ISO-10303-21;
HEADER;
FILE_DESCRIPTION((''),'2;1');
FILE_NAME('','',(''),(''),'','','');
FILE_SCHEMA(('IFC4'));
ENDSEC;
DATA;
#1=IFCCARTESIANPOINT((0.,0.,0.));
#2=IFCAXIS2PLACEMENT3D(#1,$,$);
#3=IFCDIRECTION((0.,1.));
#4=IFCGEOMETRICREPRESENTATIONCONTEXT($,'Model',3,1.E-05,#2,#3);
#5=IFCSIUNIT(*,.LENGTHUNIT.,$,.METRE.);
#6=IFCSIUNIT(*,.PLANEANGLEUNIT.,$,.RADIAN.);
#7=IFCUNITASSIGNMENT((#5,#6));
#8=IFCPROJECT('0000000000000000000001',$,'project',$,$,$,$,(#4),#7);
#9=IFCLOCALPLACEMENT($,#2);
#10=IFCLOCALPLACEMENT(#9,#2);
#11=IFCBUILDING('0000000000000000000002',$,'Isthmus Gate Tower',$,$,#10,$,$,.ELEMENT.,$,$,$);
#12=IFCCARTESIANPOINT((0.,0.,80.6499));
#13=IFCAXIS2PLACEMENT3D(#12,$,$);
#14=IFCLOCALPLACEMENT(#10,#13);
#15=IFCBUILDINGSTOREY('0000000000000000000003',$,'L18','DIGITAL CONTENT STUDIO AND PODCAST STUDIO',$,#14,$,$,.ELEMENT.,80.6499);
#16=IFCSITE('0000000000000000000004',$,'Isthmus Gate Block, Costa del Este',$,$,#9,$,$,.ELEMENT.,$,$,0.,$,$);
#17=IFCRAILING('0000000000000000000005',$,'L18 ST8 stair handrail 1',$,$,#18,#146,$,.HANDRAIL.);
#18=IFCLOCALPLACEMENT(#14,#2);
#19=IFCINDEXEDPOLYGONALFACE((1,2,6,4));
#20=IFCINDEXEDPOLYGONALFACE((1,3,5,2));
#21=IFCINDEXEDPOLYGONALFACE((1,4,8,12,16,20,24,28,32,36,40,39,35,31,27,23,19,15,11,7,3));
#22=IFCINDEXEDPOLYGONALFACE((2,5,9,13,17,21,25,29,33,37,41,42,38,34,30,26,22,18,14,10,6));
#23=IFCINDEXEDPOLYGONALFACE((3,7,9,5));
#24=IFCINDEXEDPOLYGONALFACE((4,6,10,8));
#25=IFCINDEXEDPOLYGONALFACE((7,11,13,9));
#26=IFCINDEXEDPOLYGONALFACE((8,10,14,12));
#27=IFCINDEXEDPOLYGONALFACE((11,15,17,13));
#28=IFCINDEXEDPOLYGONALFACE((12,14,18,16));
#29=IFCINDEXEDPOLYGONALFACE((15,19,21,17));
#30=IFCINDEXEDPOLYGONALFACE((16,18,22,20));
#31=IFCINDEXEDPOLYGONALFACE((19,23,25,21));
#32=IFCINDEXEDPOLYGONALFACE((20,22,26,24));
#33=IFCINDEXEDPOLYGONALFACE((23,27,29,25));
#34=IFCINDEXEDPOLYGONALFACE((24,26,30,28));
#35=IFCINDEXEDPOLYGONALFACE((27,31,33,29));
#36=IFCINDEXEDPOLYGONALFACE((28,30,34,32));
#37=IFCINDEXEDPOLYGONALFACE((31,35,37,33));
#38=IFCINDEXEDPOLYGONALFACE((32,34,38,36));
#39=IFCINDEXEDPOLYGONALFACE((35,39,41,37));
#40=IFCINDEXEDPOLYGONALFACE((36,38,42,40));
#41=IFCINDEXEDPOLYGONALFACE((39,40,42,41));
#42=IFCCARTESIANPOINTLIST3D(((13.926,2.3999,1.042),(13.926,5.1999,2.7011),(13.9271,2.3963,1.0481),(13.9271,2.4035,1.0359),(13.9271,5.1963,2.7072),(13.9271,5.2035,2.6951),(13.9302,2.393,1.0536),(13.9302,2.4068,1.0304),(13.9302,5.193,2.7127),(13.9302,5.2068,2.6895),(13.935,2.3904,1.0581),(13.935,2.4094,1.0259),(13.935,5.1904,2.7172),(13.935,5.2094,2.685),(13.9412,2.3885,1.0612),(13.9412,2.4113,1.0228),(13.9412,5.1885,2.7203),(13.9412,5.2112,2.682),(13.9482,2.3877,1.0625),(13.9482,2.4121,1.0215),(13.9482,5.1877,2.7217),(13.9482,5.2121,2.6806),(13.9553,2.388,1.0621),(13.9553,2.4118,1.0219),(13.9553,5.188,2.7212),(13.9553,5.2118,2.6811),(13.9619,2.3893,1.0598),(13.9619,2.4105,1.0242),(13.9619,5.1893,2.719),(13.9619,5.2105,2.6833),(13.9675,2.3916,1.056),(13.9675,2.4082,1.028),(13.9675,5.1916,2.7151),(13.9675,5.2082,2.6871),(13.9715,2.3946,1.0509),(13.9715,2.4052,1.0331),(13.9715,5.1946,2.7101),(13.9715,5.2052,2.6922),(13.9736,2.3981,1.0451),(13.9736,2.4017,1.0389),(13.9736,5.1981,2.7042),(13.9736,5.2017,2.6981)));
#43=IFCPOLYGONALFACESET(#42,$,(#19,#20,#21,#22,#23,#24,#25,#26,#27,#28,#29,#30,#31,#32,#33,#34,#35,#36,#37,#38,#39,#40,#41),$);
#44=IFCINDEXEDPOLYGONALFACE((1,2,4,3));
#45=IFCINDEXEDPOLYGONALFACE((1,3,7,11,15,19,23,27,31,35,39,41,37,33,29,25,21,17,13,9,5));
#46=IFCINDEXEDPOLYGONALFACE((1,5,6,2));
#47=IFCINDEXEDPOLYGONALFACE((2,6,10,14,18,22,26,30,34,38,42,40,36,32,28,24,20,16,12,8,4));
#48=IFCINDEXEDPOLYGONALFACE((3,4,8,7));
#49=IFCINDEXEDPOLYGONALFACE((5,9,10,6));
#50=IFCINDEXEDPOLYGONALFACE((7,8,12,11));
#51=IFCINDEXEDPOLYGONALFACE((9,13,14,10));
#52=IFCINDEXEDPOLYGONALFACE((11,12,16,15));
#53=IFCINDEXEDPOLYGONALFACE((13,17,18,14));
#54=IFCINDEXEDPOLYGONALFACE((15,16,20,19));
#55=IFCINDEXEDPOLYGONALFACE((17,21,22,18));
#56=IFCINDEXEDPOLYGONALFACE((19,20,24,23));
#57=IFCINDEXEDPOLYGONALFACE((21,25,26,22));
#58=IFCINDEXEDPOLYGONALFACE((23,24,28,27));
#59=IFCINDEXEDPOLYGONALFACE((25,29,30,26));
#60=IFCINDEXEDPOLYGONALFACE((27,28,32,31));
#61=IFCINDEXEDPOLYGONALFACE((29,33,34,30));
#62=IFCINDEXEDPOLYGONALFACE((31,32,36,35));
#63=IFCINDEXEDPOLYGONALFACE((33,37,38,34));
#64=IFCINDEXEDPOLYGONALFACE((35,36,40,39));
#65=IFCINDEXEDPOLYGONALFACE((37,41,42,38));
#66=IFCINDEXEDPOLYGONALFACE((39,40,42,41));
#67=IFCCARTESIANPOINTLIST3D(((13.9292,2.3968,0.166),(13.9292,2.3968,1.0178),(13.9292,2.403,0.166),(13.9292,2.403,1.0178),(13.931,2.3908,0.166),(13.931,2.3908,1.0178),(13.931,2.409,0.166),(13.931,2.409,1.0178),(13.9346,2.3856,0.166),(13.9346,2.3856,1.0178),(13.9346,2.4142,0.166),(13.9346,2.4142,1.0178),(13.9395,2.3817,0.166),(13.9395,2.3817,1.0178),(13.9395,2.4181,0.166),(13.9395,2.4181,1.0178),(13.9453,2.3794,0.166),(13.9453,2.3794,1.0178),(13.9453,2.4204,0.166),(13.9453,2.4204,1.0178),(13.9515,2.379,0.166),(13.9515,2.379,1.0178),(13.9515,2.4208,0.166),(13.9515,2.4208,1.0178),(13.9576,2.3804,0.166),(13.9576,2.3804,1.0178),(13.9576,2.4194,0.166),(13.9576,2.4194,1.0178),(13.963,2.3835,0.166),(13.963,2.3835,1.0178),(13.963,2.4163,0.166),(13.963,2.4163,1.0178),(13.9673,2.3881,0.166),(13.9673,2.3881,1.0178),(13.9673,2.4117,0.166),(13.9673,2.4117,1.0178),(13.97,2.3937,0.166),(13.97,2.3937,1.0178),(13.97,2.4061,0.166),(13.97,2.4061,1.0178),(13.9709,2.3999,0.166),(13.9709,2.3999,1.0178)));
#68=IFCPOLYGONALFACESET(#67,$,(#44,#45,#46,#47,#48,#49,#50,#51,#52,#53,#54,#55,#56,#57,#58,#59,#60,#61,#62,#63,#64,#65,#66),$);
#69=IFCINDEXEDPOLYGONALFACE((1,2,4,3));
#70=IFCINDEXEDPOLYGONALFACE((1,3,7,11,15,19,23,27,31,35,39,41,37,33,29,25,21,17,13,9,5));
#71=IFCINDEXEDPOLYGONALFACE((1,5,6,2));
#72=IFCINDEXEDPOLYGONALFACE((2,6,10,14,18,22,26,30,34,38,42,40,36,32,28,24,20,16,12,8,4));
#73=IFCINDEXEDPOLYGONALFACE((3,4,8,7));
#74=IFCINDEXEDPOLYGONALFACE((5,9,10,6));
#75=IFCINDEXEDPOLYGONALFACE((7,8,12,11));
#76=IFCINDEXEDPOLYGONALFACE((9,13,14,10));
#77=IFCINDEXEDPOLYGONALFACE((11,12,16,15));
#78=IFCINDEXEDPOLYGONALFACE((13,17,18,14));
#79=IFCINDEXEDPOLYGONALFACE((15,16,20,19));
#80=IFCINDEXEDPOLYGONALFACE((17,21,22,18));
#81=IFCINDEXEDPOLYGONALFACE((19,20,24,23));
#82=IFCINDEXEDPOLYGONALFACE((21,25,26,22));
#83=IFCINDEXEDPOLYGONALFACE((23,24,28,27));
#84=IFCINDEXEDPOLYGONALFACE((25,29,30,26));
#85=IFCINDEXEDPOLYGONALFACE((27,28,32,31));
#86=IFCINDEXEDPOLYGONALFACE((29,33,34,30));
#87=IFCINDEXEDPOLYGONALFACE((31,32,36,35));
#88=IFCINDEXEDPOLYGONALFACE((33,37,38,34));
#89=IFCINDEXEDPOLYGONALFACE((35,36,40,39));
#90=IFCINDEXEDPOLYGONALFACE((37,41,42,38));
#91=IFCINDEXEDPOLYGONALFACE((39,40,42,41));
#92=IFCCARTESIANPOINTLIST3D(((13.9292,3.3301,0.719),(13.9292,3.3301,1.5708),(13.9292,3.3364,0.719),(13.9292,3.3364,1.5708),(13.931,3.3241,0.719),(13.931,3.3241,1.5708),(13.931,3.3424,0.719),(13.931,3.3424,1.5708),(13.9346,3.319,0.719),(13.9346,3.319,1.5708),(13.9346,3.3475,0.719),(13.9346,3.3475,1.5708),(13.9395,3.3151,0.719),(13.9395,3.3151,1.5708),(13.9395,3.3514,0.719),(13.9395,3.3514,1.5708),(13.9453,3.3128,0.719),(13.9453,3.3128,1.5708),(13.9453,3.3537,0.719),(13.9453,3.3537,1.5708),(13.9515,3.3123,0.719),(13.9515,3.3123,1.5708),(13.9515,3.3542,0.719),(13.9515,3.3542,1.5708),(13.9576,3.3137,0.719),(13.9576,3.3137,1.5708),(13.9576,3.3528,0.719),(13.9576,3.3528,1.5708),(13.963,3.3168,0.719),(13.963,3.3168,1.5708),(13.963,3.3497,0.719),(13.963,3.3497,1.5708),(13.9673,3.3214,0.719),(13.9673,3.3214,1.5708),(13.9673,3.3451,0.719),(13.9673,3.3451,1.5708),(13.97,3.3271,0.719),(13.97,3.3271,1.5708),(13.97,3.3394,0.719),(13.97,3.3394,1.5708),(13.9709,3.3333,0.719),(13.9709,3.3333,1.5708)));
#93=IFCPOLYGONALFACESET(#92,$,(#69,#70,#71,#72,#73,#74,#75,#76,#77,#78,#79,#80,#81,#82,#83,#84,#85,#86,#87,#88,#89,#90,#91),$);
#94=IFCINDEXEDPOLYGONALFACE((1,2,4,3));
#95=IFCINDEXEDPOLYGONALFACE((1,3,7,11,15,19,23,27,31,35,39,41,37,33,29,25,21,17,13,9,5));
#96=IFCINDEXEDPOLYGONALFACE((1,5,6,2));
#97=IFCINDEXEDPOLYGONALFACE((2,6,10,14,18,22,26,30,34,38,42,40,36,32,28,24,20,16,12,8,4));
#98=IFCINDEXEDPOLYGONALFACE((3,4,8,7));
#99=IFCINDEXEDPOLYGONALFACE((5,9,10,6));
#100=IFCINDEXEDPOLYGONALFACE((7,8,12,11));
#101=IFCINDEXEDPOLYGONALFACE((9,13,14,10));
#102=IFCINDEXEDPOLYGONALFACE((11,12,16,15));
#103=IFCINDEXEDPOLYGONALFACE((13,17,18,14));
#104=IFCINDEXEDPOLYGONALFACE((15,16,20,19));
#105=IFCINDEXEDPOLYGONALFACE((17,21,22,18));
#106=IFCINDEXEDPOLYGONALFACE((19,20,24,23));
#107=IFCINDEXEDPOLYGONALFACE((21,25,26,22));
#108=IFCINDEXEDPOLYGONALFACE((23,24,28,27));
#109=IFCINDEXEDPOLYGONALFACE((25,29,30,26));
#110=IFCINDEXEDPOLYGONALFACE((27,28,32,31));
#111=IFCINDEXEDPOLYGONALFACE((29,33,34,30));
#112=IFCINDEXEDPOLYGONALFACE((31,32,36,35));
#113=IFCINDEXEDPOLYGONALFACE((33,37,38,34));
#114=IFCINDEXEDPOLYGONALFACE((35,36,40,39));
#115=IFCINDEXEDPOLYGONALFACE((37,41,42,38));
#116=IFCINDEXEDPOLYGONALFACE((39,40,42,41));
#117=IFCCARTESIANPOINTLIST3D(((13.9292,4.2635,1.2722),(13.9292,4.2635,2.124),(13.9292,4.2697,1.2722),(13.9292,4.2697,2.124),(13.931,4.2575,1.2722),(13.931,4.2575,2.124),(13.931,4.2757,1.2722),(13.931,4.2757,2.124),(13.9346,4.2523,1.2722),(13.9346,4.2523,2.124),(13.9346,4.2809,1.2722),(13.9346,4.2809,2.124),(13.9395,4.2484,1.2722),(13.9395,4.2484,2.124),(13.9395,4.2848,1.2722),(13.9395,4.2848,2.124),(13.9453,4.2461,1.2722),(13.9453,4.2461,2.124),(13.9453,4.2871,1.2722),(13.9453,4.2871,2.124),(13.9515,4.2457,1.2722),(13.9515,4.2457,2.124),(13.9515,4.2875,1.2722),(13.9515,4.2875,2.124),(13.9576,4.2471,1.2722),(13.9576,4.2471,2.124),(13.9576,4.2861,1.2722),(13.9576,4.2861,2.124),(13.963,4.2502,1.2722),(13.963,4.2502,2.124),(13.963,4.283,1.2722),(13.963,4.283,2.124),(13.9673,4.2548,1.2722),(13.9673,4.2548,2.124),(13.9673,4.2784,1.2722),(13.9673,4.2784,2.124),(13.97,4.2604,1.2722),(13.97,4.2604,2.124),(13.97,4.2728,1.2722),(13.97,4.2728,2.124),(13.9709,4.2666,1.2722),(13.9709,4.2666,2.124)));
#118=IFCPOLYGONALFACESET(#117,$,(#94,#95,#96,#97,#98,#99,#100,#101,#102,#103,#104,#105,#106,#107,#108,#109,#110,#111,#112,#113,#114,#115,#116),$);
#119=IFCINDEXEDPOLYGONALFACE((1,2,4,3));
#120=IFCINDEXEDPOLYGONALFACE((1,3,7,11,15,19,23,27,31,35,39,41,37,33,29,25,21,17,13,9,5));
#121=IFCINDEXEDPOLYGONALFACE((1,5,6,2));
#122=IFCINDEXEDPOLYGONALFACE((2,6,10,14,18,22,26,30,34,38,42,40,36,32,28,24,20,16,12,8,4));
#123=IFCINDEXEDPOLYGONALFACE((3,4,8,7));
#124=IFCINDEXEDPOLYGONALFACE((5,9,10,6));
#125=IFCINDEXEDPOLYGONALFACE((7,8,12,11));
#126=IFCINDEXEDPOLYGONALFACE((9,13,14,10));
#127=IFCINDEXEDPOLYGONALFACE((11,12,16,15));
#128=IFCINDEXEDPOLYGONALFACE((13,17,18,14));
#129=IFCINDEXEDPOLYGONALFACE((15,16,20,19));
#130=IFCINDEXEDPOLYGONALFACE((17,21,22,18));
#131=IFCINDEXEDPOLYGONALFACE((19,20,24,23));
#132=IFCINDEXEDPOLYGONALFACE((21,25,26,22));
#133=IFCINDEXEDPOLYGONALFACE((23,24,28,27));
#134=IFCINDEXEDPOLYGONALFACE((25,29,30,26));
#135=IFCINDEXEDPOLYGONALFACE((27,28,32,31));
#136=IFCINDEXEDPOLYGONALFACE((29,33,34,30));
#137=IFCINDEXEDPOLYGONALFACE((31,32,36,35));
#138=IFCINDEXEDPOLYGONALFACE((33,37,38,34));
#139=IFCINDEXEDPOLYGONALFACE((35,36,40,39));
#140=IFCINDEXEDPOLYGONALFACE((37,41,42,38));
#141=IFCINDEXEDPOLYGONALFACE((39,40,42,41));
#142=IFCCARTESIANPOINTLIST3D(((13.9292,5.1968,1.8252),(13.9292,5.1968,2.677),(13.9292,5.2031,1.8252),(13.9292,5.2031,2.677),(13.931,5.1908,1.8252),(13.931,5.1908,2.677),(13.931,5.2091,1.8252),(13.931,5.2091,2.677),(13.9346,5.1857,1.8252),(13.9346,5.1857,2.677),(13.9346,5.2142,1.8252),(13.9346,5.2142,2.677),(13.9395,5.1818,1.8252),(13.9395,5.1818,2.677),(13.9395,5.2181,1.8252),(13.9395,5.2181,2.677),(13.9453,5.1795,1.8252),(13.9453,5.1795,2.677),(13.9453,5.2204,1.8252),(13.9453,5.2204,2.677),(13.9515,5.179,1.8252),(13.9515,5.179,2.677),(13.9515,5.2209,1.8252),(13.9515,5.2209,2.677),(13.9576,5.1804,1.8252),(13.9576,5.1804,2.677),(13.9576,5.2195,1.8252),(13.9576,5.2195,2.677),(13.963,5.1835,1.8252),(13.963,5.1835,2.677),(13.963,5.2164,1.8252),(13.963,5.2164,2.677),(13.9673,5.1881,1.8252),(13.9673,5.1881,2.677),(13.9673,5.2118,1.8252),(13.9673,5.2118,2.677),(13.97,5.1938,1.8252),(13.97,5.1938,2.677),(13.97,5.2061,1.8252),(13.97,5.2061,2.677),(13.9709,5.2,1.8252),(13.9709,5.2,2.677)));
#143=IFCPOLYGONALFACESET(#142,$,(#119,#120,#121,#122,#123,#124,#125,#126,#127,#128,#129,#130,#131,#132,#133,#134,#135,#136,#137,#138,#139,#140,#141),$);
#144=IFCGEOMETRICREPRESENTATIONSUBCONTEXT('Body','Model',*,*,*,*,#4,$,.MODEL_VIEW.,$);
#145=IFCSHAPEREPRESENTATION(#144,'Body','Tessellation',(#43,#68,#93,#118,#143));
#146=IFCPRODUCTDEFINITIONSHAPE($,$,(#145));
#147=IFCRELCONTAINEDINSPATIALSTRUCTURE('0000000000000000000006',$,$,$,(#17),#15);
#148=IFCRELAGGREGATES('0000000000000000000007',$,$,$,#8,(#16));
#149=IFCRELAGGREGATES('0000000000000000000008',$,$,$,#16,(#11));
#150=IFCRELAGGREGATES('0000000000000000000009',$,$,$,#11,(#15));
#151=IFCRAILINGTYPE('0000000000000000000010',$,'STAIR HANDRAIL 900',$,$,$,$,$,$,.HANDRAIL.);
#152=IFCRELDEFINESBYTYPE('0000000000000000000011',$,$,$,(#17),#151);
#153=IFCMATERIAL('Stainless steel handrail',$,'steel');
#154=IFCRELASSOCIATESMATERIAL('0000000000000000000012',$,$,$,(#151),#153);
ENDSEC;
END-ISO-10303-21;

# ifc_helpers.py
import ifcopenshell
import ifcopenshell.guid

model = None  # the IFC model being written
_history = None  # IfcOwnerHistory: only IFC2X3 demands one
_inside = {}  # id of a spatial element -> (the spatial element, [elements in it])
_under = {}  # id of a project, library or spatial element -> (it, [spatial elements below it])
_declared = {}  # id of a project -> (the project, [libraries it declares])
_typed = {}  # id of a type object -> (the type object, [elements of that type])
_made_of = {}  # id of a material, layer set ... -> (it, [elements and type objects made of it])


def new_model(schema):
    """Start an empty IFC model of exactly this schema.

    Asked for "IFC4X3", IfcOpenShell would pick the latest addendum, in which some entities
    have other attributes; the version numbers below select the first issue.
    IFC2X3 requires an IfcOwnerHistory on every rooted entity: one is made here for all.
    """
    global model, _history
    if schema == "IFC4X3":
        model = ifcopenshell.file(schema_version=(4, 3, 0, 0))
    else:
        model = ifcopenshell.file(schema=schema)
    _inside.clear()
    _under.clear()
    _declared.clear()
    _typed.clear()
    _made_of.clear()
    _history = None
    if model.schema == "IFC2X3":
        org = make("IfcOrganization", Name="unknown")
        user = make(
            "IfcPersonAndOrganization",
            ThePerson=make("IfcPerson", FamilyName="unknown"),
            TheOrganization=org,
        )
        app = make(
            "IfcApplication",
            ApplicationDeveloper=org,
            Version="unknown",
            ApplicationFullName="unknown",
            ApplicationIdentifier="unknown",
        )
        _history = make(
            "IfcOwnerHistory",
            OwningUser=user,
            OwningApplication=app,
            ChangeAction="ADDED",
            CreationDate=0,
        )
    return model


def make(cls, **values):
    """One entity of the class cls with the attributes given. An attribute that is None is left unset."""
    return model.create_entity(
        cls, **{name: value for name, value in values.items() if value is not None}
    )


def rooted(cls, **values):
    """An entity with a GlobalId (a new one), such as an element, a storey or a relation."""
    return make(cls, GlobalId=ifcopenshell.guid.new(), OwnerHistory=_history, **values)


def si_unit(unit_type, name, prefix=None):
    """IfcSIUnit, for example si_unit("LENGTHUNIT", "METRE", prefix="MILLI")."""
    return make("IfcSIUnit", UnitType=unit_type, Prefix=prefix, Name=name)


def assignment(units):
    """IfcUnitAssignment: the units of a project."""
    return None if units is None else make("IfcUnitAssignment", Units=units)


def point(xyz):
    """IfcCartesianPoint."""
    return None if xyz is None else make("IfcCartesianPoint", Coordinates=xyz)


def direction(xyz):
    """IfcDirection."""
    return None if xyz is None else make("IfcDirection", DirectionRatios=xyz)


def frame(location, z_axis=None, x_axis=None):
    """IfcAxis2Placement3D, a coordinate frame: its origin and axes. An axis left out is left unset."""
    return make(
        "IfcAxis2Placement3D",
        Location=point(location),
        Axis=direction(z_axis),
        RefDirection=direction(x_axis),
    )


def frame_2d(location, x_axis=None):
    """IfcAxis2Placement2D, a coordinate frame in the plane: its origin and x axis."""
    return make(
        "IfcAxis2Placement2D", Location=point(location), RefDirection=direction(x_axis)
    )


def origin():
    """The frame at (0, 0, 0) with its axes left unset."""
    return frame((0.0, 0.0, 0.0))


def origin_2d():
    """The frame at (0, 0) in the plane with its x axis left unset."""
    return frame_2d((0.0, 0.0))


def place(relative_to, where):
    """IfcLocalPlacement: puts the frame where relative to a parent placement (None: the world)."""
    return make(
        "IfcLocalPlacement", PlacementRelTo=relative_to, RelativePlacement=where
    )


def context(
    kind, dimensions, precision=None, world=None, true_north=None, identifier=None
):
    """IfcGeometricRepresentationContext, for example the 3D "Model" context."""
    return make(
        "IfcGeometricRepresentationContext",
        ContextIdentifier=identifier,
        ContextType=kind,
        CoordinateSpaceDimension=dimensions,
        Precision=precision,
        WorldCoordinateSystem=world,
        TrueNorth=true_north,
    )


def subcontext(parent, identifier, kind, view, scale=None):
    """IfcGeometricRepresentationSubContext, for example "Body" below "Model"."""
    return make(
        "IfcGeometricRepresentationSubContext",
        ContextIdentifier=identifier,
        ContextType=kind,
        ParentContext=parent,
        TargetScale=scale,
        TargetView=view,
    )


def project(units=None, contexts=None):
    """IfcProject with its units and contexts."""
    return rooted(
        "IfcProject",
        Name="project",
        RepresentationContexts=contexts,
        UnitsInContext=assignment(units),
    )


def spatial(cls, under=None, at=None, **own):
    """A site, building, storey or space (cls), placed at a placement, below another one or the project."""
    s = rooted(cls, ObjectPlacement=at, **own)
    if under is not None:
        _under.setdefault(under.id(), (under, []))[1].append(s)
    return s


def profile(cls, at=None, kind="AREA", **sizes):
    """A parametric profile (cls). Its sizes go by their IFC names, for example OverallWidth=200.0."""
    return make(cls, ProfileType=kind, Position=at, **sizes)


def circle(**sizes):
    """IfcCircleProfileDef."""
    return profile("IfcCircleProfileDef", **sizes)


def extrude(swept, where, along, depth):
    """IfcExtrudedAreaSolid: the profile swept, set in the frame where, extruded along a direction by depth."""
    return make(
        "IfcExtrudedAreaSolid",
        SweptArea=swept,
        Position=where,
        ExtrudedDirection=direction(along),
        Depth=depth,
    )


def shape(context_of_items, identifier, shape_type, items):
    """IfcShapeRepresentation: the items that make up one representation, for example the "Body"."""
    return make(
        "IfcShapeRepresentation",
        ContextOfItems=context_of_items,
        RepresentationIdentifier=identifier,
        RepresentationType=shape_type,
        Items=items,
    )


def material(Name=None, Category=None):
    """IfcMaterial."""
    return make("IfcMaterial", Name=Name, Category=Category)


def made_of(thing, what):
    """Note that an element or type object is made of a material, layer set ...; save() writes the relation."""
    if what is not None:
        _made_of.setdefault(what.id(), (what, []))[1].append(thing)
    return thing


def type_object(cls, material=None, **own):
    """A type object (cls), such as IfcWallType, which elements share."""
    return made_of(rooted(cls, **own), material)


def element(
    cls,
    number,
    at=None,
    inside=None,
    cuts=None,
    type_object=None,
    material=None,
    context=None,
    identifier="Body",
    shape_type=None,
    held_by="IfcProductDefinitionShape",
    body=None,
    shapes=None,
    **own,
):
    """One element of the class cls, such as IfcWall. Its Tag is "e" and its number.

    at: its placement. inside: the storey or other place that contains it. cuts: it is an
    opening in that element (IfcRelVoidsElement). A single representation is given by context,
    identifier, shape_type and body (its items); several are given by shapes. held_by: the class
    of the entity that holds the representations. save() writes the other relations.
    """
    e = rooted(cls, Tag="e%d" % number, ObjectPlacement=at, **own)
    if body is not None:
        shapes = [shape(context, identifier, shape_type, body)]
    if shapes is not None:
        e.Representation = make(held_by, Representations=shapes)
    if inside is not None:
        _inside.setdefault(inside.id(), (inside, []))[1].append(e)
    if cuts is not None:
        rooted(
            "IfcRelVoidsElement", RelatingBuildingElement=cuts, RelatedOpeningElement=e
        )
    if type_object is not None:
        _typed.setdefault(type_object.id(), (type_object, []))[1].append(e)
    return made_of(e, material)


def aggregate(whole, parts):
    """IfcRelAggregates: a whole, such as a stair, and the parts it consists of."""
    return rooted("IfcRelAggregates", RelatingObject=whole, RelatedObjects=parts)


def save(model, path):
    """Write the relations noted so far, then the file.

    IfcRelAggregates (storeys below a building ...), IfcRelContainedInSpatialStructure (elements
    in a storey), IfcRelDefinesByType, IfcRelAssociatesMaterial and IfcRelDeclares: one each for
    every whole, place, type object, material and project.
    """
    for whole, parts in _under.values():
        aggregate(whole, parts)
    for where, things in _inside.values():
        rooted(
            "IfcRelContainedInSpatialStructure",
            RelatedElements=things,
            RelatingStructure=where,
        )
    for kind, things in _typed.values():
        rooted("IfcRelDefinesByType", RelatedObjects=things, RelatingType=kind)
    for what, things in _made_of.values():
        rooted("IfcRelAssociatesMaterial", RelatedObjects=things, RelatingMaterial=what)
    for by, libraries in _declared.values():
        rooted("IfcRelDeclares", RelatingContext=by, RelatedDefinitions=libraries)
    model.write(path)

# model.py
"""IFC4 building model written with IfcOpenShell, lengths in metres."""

from ifc_helpers import new_model, si_unit, direction, frame, origin, origin_2d, place, context, subcontext, project, spatial, circle, extrude, material, type_object, element, save


model = new_model("IFC4")

# Units and contexts
model_context = context("Model", 3, precision=1e-05, world=origin(), true_north=direction((0.0, 1.0)))
body_context = subcontext(model_context, "Body", "Model", "MODEL_VIEW")
ifc_project = project(units=[si_unit("LENGTHUNIT", "METRE"), si_unit("PLANEANGLEUNIT", "RADIAN")], contexts=[model_context])

# Site, building, storey
site_placement = place(None, origin())
site = spatial("IfcSite", under=ifc_project, at=site_placement, Name="Isthmus Gate Block, Costa del Este", CompositionType="ELEMENT", RefElevation=0.0)
building_placement = place(site_placement, origin())
building = spatial("IfcBuilding", under=site, at=building_placement, Name="Isthmus Gate Tower", CompositionType="ELEMENT")
storey_placement = place(building_placement, frame((0.0, 0.0, 80.6499)))
storey = spatial("IfcBuildingStorey", under=building, at=storey_placement, Name="L18", Description="DIGITAL CONTENT STUDIO AND PODCAST STUDIO", CompositionType="ELEMENT", Elevation=80.6499)

# Railing
ifc_material_1 = material(Name="Stainless steel handrail", Category="steel")
railing_type = type_object("IfcRailingType", Name="STAIR HANDRAIL 900", PredefinedType="HANDRAIL", material=ifc_material_1)
railing_placement = place(storey_placement, frame((13.95, 2.3999, 0.166)))
element("IfcRailing", 1, at=railing_placement, inside=storey, type_object=railing_type, Name="L18 ST8 stair handrail 1", PredefinedType="HANDRAIL", context=body_context, shape_type="SweptSolid", body=[
    extrude(circle(Radius=0.0239, at=origin_2d()), frame((0.0, 0.0, 0.876), z_axis=(0.0, 0.860306, 0.509778), x_axis=(-1.0, 0.0, 0.0)), (0.0, 0.0, 1.0), 3.2546),
    extrude(circle(Radius=0.021, at=origin_2d()), origin(), (0.0, 0.0, 1.0), 0.8518),
    extrude(circle(Radius=0.021, at=origin_2d()), frame((0.0, 0.9333, 0.553)), (0.0, 0.0, 1.0), 0.8518),
    extrude(circle(Radius=0.021, at=origin_2d()), frame((0.0, 1.8667, 1.1062)), (0.0, 0.0, 1.0), 0.8518),
    extrude(circle(Radius=0.021, at=origin_2d()), frame((0.0, 2.8, 1.6592)), (0.0, 0.0, 1.0), 0.8518),
])

save(model, "model.ifc")
